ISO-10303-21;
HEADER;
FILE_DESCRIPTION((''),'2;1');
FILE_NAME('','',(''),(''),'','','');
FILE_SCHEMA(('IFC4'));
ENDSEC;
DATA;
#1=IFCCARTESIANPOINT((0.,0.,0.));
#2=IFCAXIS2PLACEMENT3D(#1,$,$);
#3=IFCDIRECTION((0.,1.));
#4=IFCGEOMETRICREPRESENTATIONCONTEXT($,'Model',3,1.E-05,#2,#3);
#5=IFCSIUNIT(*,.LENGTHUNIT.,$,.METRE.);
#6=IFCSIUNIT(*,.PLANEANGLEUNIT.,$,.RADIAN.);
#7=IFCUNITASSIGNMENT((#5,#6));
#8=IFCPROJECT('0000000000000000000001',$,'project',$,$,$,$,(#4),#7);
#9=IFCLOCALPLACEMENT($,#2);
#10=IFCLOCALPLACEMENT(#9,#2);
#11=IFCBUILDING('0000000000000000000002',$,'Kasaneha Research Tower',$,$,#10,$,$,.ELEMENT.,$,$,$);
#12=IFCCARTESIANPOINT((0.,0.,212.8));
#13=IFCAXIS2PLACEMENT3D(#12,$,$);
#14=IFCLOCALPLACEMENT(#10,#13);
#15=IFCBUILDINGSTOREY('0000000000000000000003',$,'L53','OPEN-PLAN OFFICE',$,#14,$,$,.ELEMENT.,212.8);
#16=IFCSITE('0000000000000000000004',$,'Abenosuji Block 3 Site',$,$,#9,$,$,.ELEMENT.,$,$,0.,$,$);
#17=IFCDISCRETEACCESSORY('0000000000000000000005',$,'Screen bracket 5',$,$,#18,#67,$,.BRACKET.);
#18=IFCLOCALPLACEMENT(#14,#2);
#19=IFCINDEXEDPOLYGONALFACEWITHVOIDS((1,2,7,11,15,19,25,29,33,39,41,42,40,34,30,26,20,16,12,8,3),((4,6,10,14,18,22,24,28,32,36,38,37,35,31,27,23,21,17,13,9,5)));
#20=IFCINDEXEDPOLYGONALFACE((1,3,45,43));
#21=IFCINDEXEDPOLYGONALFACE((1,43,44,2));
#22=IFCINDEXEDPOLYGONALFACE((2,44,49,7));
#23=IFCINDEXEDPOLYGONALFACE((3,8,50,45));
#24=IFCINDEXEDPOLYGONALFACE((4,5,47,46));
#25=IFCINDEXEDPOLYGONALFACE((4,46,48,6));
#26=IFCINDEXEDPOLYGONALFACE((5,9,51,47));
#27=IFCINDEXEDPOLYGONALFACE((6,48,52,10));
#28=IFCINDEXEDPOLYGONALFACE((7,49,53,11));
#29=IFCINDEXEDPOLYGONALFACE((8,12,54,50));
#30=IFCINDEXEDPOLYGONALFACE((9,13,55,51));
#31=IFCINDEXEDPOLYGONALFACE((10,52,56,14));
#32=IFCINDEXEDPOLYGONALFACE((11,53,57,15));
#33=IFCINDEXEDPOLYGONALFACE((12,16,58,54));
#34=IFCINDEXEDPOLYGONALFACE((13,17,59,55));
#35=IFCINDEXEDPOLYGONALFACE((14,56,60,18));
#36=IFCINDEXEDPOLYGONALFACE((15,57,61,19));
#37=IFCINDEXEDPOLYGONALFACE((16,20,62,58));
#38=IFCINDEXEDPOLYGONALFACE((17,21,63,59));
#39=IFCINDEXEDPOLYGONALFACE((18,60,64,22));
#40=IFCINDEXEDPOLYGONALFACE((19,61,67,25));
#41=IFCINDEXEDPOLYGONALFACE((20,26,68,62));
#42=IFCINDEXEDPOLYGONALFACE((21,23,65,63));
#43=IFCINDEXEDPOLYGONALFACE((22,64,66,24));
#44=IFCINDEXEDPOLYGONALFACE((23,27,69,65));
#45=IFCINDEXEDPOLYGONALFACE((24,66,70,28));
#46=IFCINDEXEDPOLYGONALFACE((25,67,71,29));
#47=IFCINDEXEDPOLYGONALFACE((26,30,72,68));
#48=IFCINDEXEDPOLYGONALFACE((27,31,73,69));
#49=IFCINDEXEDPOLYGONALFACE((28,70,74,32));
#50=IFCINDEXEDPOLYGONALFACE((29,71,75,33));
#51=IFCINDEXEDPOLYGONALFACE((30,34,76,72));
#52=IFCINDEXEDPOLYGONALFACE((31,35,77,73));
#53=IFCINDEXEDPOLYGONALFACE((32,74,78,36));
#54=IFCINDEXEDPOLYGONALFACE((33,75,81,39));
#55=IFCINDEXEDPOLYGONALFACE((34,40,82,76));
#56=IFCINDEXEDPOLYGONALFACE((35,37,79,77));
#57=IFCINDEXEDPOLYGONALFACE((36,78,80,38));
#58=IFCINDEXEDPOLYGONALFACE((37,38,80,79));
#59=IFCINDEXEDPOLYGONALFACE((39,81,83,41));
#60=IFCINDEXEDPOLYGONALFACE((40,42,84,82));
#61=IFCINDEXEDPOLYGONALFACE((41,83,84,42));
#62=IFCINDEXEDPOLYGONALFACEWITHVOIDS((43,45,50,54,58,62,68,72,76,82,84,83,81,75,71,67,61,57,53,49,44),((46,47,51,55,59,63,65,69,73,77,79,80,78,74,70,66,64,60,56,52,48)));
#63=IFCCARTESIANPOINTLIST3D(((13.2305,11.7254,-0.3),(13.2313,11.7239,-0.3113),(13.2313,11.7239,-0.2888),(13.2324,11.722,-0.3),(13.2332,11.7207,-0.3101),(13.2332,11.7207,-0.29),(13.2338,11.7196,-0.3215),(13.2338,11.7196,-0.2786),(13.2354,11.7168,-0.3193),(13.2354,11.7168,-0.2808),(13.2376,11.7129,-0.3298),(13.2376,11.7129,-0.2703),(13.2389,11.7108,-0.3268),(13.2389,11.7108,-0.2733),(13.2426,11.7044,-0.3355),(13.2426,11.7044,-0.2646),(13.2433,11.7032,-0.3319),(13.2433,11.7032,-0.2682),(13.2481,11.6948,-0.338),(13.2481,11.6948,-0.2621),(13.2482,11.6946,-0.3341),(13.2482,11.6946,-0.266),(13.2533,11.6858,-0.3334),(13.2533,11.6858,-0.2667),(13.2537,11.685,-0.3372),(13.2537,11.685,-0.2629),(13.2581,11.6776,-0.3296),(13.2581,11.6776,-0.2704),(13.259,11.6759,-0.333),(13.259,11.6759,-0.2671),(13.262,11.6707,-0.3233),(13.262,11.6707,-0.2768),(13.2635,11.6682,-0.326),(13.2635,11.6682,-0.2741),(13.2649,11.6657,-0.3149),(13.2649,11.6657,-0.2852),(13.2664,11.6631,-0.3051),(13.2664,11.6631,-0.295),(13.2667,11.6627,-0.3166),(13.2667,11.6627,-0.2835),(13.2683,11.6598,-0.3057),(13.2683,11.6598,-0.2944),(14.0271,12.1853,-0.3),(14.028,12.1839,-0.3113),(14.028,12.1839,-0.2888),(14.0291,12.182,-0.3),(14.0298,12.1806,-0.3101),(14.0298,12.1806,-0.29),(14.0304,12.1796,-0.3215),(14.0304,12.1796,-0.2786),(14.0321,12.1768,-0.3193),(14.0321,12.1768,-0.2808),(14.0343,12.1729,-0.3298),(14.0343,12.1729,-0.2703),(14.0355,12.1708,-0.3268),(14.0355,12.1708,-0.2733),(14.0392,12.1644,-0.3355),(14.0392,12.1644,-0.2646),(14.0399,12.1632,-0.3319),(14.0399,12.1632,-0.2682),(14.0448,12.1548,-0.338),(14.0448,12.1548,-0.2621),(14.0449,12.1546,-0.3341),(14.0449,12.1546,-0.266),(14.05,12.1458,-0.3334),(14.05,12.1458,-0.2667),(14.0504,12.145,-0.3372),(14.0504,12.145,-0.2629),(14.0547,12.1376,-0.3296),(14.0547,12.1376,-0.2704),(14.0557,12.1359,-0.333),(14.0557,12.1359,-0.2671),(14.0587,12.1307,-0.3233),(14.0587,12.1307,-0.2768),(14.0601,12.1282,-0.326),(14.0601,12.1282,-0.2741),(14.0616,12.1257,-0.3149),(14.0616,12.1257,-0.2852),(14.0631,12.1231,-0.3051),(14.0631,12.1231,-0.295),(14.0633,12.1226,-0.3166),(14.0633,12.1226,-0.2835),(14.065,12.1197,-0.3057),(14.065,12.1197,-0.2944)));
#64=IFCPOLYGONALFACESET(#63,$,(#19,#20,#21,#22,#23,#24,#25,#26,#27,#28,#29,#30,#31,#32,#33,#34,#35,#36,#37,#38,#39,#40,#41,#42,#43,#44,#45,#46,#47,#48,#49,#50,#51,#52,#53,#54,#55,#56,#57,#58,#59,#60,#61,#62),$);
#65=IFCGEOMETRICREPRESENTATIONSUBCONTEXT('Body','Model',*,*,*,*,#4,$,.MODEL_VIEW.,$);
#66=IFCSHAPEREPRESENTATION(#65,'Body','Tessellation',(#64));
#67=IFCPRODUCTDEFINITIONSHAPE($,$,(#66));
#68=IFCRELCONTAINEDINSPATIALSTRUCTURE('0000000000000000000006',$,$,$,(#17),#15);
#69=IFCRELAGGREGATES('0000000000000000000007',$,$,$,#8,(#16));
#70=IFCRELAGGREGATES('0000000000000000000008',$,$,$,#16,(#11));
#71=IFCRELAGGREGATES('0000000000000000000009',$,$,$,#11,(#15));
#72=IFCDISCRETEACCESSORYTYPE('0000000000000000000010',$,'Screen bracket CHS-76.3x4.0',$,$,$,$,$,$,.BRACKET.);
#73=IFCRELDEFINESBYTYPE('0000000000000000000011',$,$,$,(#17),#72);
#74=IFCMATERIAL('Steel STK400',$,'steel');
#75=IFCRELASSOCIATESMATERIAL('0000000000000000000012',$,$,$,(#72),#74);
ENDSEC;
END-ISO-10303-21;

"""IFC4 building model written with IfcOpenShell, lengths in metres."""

from ifc_helpers import new_model, si_unit, direction, frame, origin, origin_2d, place, context, subcontext, project, spatial, hollow_circle, extrude, material, material_profile, profile_set, type_object, element, save


model = new_model("IFC4")

# Units and contexts
model_context = context("Model", 3, precision=1e-05, world=origin(), true_north=direction((0.0, 1.0)))
body_context = subcontext(model_context, "Body", "Model", "MODEL_VIEW")
ifc_project = project(units=[si_unit("LENGTHUNIT", "METRE"), si_unit("PLANEANGLEUNIT", "RADIAN")], contexts=[model_context])

# Site, building, storey
site_placement = place(None, origin())
site = spatial("IfcSite", under=ifc_project, at=site_placement, Name="Abenosuji Block 3 Site", CompositionType="ELEMENT", RefElevation=0.0)
building_placement = place(site_placement, origin())
building = spatial("IfcBuilding", under=site, at=building_placement, Name="Kasaneha Research Tower", CompositionType="ELEMENT")
storey_placement = place(building_placement, frame((0.0, 0.0, 212.8)))
storey = spatial("IfcBuildingStorey", under=building, at=storey_placement, Name="L53", Description="OPEN-PLAN OFFICE", CompositionType="ELEMENT", Elevation=212.8)

# Discrete accessory
ifc_material_1 = material(Name="Steel STK400", Category="steel")
ifc_material_profile_1 = material_profile(ifc_material_1, hollow_circle(Radius=0.0381, WallThickness=0.0039, at=origin_2d()), Name="CHS-76.3x4.0")
ifc_profile_set_1 = profile_set([ifc_material_profile_1], Name="Steel STK400")
discrete_accessory_type = type_object("IfcDiscreteAccessoryType", Name="Screen bracket CHS-76.3x4.0", PredefinedType="BRACKET", material=ifc_profile_set_1)
for number, where, z_axis, x_axis, name in (
    (1, (13.2495, 11.6924, -0.3), (0.866013, 0.500021, 0.0), (-0.500021, 0.866013, 0.0), "Screen bracket 5"),
):
    element("IfcDiscreteAccessory", number, at=place(storey_placement, frame(where, z_axis=z_axis, x_axis=x_axis)), inside=storey, type_object=discrete_accessory_type, Name=name, PredefinedType="BRACKET", context=body_context, shape_type="SweptSolid", body=[
        extrude(hollow_circle(Radius=0.0381, WallThickness=0.0039, at=origin_2d()), origin(), (0.0, 0.0, 1.0), 0.9199),
    ])

save(model, "model.ifc")
